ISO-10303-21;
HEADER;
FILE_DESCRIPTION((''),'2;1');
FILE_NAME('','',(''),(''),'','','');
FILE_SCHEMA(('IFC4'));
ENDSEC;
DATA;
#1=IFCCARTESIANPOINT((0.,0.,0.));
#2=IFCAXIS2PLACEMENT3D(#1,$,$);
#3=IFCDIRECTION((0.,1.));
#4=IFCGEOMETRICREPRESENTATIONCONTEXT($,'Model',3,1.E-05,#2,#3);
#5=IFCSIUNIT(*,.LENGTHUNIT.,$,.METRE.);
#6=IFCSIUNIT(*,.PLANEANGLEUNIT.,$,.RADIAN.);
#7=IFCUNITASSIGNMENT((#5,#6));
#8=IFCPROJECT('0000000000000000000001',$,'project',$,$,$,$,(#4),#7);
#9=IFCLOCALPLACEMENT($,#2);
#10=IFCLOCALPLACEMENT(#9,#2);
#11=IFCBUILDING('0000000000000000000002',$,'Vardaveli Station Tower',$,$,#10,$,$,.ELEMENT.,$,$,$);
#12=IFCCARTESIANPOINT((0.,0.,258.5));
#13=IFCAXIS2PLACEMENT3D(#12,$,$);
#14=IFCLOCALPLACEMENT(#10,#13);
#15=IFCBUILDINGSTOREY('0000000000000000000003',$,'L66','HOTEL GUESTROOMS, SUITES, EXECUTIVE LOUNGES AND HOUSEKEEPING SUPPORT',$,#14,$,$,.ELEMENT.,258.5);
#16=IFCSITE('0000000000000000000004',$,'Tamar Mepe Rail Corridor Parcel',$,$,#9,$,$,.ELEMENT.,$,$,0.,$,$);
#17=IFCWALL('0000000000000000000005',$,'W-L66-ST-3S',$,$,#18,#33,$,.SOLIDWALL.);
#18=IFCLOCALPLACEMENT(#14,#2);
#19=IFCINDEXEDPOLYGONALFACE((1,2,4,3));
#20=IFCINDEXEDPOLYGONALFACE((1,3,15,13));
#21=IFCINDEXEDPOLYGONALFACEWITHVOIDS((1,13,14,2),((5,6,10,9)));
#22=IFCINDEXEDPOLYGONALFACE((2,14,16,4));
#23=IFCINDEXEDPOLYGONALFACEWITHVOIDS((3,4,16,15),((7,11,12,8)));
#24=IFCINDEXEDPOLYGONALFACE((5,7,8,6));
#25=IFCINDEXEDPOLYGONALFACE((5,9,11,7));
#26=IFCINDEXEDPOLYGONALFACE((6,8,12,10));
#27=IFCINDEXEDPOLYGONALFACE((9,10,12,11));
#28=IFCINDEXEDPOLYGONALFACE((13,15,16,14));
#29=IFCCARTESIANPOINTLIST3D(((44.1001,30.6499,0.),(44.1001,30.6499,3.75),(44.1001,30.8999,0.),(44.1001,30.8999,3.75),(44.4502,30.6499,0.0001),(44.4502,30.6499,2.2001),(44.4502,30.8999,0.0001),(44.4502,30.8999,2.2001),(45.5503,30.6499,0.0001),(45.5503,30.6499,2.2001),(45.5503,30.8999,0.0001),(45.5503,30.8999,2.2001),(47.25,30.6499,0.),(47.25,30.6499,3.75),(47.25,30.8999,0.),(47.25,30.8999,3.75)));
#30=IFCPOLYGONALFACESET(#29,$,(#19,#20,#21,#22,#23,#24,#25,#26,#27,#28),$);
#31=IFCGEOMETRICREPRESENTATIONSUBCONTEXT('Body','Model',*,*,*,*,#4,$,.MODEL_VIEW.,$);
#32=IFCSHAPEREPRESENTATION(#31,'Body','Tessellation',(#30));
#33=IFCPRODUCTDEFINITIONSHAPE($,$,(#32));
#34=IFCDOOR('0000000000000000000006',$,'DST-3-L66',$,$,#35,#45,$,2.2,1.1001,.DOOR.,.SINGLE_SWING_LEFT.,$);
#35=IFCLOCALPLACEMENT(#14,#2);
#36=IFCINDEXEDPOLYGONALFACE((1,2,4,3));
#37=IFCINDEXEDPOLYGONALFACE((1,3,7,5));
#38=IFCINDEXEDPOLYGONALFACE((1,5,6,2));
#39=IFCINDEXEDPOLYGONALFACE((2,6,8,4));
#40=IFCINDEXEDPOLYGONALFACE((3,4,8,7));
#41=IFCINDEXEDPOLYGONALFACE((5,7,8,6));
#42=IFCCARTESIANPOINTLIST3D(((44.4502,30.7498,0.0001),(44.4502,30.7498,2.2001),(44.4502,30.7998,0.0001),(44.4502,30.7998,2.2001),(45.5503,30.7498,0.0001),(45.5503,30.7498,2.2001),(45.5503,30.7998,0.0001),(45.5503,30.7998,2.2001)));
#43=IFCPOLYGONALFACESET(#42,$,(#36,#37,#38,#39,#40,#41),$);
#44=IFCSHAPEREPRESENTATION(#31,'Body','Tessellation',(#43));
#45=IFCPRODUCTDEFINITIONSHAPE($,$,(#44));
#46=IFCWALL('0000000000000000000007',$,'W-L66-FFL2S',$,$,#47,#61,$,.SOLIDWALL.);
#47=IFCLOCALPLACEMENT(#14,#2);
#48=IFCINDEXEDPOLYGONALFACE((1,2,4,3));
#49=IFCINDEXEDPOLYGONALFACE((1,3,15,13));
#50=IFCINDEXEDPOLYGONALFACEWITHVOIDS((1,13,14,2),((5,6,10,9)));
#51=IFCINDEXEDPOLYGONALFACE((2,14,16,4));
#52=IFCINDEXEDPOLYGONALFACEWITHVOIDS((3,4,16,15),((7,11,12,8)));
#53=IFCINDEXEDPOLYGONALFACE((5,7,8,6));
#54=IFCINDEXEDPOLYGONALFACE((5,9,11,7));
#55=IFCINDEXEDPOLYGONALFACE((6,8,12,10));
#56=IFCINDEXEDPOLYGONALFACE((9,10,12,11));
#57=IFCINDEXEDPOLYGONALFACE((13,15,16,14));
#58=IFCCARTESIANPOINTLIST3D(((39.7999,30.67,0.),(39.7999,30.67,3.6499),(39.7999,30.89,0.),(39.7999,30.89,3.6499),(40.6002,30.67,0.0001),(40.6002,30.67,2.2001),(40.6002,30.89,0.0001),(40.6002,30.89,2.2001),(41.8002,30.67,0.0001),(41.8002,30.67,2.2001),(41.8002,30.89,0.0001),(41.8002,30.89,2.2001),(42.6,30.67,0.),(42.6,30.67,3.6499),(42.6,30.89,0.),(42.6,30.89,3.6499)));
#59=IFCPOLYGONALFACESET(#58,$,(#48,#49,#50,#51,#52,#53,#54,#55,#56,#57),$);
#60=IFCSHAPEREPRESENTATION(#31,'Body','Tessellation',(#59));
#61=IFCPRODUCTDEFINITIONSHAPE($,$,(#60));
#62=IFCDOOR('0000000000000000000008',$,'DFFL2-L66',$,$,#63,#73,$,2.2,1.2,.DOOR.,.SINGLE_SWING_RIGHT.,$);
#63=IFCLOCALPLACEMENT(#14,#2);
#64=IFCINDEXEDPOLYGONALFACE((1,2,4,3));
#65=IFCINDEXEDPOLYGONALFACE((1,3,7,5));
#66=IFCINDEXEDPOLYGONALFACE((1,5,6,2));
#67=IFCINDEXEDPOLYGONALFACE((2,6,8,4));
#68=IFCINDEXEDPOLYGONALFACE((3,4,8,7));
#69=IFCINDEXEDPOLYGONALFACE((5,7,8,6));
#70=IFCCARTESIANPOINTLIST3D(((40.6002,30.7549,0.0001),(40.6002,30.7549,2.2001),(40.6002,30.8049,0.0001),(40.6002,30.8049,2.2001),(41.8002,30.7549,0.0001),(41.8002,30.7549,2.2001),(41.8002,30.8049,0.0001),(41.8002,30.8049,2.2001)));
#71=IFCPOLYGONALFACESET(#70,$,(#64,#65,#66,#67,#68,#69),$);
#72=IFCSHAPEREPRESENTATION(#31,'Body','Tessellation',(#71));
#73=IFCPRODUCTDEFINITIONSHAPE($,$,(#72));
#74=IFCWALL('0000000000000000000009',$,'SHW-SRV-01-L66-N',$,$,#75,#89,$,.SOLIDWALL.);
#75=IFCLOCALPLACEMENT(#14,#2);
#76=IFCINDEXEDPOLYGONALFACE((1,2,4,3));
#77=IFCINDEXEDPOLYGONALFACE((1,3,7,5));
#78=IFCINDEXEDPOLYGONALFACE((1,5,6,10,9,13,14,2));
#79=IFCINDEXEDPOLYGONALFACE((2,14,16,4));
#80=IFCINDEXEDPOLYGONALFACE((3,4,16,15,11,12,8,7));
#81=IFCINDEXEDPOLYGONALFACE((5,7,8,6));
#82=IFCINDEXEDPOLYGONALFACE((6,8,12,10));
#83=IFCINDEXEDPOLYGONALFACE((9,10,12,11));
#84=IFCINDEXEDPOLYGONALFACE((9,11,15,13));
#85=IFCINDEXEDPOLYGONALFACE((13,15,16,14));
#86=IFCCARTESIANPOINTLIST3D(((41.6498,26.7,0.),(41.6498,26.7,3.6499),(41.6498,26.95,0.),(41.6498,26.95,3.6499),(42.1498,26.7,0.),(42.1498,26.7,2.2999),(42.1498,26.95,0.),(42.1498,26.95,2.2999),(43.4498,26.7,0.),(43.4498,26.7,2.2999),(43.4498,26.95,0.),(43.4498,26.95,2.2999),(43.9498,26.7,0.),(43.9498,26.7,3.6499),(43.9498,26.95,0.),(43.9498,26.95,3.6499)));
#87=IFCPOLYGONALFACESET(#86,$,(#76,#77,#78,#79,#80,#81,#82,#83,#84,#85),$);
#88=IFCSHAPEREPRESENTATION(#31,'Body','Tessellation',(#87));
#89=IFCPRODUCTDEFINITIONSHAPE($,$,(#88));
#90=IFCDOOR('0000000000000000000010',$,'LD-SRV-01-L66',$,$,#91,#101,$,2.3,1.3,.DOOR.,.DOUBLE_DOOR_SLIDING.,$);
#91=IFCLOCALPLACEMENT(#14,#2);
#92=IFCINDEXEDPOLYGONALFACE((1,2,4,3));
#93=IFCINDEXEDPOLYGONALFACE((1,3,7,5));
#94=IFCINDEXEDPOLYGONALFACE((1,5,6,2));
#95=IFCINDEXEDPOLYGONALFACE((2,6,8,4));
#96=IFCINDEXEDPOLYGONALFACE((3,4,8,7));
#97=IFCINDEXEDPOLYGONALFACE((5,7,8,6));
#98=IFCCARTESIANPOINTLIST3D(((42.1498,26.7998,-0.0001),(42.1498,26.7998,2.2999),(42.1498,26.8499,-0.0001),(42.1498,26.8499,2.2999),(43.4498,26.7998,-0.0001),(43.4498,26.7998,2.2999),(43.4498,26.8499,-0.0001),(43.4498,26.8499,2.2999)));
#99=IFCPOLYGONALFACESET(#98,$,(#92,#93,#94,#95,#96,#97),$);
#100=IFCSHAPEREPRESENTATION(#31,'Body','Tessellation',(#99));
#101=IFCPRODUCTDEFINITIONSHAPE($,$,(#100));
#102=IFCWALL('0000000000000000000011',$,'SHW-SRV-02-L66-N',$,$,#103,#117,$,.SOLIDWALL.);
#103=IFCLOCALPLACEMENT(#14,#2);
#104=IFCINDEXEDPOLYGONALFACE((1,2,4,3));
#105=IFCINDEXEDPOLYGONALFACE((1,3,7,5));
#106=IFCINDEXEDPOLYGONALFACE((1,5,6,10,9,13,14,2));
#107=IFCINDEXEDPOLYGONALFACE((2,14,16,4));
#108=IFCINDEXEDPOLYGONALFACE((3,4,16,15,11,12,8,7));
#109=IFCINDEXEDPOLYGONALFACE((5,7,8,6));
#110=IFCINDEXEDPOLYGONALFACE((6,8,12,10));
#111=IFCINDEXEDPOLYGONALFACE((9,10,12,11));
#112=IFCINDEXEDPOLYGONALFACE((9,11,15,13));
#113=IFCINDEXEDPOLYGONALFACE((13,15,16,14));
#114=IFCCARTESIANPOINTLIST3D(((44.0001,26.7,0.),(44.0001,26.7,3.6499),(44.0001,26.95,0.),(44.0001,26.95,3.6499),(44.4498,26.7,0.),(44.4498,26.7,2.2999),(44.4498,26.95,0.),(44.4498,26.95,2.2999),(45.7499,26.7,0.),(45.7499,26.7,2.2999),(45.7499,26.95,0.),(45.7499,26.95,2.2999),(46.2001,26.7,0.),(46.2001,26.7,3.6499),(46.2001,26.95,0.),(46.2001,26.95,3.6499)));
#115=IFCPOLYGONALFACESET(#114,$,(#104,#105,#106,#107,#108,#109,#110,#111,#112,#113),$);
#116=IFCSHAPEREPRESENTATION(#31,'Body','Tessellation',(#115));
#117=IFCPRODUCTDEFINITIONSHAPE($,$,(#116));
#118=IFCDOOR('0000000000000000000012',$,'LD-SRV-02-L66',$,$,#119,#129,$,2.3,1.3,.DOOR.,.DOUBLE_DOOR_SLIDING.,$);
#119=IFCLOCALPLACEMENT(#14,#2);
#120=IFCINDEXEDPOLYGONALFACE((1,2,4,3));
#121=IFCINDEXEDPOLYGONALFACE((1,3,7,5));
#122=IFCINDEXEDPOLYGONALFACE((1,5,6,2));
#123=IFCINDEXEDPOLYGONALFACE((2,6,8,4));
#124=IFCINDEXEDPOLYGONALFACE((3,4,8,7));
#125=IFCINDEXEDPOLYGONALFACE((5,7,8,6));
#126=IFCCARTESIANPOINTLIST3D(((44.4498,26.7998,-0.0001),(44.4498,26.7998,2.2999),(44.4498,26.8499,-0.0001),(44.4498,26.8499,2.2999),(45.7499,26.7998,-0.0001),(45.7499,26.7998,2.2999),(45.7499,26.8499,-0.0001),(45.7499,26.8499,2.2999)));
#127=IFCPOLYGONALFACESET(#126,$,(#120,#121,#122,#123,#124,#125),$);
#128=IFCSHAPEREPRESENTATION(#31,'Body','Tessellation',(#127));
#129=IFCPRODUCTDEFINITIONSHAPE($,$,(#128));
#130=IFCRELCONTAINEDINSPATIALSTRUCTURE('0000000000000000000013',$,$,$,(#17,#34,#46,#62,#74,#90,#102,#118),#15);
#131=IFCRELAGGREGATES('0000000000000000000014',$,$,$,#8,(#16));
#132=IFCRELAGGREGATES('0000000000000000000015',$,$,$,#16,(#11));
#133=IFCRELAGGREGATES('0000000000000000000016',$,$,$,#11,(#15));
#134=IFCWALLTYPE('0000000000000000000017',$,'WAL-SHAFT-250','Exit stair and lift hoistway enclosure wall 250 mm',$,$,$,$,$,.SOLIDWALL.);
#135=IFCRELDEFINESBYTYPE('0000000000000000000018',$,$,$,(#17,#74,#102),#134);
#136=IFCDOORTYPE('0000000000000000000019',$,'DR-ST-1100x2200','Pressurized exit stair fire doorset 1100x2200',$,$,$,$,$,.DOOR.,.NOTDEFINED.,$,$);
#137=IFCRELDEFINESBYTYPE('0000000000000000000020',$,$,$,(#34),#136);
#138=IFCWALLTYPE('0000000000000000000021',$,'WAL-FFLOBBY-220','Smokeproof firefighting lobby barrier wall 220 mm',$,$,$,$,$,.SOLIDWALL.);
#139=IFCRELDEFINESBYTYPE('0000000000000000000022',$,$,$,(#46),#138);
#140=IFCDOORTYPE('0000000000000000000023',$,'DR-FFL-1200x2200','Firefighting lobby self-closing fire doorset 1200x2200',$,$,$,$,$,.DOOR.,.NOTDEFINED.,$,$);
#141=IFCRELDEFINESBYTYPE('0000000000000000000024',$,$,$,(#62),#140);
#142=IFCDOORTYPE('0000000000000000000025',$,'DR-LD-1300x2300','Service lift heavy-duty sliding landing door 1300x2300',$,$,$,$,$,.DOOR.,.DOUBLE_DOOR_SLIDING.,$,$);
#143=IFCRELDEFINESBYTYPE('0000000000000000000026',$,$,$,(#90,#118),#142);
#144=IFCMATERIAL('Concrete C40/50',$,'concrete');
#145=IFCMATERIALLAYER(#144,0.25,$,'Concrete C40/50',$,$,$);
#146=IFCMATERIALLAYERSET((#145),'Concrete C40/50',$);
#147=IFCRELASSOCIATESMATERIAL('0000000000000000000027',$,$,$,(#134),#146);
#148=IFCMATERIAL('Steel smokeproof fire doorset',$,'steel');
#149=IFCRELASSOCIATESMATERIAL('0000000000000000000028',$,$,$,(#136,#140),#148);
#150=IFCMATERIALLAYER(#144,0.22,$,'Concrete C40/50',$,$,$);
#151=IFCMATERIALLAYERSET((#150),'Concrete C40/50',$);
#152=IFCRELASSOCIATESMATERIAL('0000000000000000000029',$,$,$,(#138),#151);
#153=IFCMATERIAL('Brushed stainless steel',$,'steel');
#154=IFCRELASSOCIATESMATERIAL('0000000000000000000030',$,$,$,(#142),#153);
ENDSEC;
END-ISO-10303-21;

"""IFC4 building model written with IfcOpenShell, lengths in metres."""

from ifc_helpers import new_model, si_unit, direction, frame, frame_2d, origin, place, context, subcontext, project, spatial, rectangle, extrude, source, transform, mapped, material, layer, layer_set, type_object, element, fill, save


model = new_model("IFC4")

# Units and contexts
model_context = context("Model", 3, precision=1e-05, world=origin(), true_north=direction((0.0, 1.0)))
body_context = subcontext(model_context, "Body", "Model", "MODEL_VIEW")
ifc_project = project(units=[si_unit("LENGTHUNIT", "METRE"), si_unit("PLANEANGLEUNIT", "RADIAN")], contexts=[model_context])

# Site, building, storey
site_placement = place(None, origin())
site = spatial("IfcSite", under=ifc_project, at=site_placement, Name="Tamar Mepe Rail Corridor Parcel", CompositionType="ELEMENT", RefElevation=0.0)
building_placement = place(site_placement, origin())
building = spatial("IfcBuilding", under=site, at=building_placement, Name="Vardaveli Station Tower", CompositionType="ELEMENT")
storey_placement = place(building_placement, frame((0.0, 0.0, 258.5)))
storey = spatial("IfcBuildingStorey", under=building, at=storey_placement, Name="L66", Description="HOTEL GUESTROOMS, SUITES, EXECUTIVE LOUNGES AND HOUSEKEEPING SUPPORT", CompositionType="ELEMENT", Elevation=258.5)

# Shared definitions
ifc_material_1 = material(Name="Concrete C40/50", Category="concrete")
ifc_layer_1 = layer(ifc_material_1, 0.25, Name="Concrete C40/50")
ifc_layer_set_1 = layer_set([ifc_layer_1], Name="Concrete C40/50")
wall_type_1 = type_object("IfcWallType", Name="WAL-SHAFT-250", Description="Exit stair and lift hoistway enclosure wall 250 mm", PredefinedType="SOLIDWALL", material=ifc_layer_set_1)

# Walls, openings, doors
shared_shape_1 = source(origin(), body_context, "Body", "SweptSolid", [
    extrude(rectangle(XDim=3.1499, YDim=0.25, at=frame_2d((1.575, 0.0))), origin(), (0.0, 0.0, 1.0), 3.75),
])
wall_1_placement = place(storey_placement, frame((44.1001, 30.7749, 0.0), z_axis=(0.0, 0.0, 1.0), x_axis=(1.0, 0.0, 0.0)))
wall_1 = element("IfcWall", 1, at=wall_1_placement, inside=storey, type_object=wall_type_1, Name="W-L66-ST-3S", PredefinedType="SOLIDWALL", context=body_context, shape_type="MappedRepresentation", body=[
    mapped(shared_shape_1, transform((0.0, 0.0, 0.0), scale=1.0)),
])
shared_shape_2 = source(origin(), body_context, "Body", "SweptSolid", [
    extrude(rectangle(XDim=1.1001, YDim=2.2, at=frame_2d((0.55, 1.1001))), frame((0.0, 0.135, 0.0), z_axis=(0.0, -1.0, 0.0), x_axis=(1.0, 0.0, 0.0)), (0.0, 0.0, 1.0), 0.27),
])
opening_1_placement = place(wall_1_placement, frame((0.3501, 0.0, 0.0)))
opening_1 = element("IfcOpeningElement", 2, at=opening_1_placement, cuts=wall_1, PredefinedType="OPENING", context=body_context, shape_type="MappedRepresentation", body=[
    mapped(shared_shape_2, transform((0.0, 0.0, 0.0), scale=1.0)),
])
ifc_material_2 = material(Name="Steel smokeproof fire doorset", Category="steel")
door_type_1 = type_object("IfcDoorType", Name="DR-ST-1100x2200", Description="Pressurized exit stair fire doorset 1100x2200", OperationType="NOTDEFINED", PredefinedType="DOOR", material=ifc_material_2)
shared_shape_3 = source(origin(), body_context, "Body", "SweptSolid", [
    extrude(rectangle(XDim=1.1001, YDim=2.2, at=frame_2d((0.55, 1.1001))), frame((0.0, 0.0249, 0.0), z_axis=(0.0, -1.0, 0.0), x_axis=(1.0, 0.0, 0.0)), (0.0, 0.0, 1.0), 0.05),
])
door_1_placement = place(opening_1_placement, origin())
door_1 = element("IfcDoor", 3, at=door_1_placement, inside=storey, type_object=door_type_1, Name="DST-3-L66", OperationType="SINGLE_SWING_LEFT", OverallHeight=2.2, OverallWidth=1.1001, PredefinedType="DOOR", context=body_context, shape_type="MappedRepresentation", body=[
    mapped(shared_shape_3, transform((0.0, 0.0, 0.0), scale=1.0)),
])
fill(opening_1, door_1)
ifc_layer_2 = layer(ifc_material_1, 0.22, Name="Concrete C40/50")
ifc_layer_set_2 = layer_set([ifc_layer_2], Name="Concrete C40/50")
wall_type_2 = type_object("IfcWallType", Name="WAL-FFLOBBY-220", Description="Smokeproof firefighting lobby barrier wall 220 mm", PredefinedType="SOLIDWALL", material=ifc_layer_set_2)
shared_shape_4 = source(origin(), body_context, "Body", "SweptSolid", [
    extrude(rectangle(XDim=2.8, YDim=0.22, at=frame_2d((1.3999, 0.0))), origin(), (0.0, 0.0, 1.0), 3.6499),
])
wall_2_placement = place(storey_placement, frame((39.8, 30.78, 0.0), z_axis=(0.0, 0.0, 1.0), x_axis=(1.0, 0.0, 0.0)))
wall_2 = element("IfcWall", 4, at=wall_2_placement, inside=storey, type_object=wall_type_2, Name="W-L66-FFL2S", PredefinedType="SOLIDWALL", context=body_context, shape_type="MappedRepresentation", body=[
    mapped(shared_shape_4, transform((0.0, 0.0, 0.0), scale=1.0)),
])
shared_shape_5 = source(origin(), body_context, "Body", "SweptSolid", [
    extrude(rectangle(XDim=1.2, YDim=2.2, at=frame_2d((0.6001, 1.1001))), frame((0.0, 0.1201, 0.0), z_axis=(0.0, -1.0, 0.0), x_axis=(1.0, 0.0, 0.0)), (0.0, 0.0, 1.0), 0.24),
])
opening_2_placement = place(wall_2_placement, frame((0.8, 0.0, 0.0)))
opening_2 = element("IfcOpeningElement", 5, at=opening_2_placement, cuts=wall_2, PredefinedType="OPENING", context=body_context, shape_type="MappedRepresentation", body=[
    mapped(shared_shape_5, transform((0.0, 0.0, 0.0), scale=1.0)),
])
door_type_2 = type_object("IfcDoorType", Name="DR-FFL-1200x2200", Description="Firefighting lobby self-closing fire doorset 1200x2200", OperationType="NOTDEFINED", PredefinedType="DOOR", material=ifc_material_2)
shared_shape_6 = source(origin(), body_context, "Body", "SweptSolid", [
    extrude(rectangle(XDim=1.2, YDim=2.2, at=frame_2d((0.6001, 1.1001))), frame((0.0, 0.0249, 0.0), z_axis=(0.0, -1.0, 0.0), x_axis=(1.0, 0.0, 0.0)), (0.0, 0.0, 1.0), 0.05),
])
door_2_placement = place(opening_2_placement, origin())
door_2 = element("IfcDoor", 6, at=door_2_placement, inside=storey, type_object=door_type_2, Name="DFFL2-L66", OperationType="SINGLE_SWING_RIGHT", OverallHeight=2.2, OverallWidth=1.2, PredefinedType="DOOR", context=body_context, shape_type="MappedRepresentation", body=[
    mapped(shared_shape_6, transform((0.0, 0.0, 0.0), scale=1.0)),
])
fill(opening_2, door_2)
shared_shape_7 = source(origin(), body_context, "Body", "SweptSolid", [
    extrude(rectangle(XDim=2.3, YDim=0.25, at=frame_2d((1.1499, 0.0))), origin(), (0.0, 0.0, 1.0), 3.6499),
])
wall_3_placement = place(storey_placement, frame((41.6499, 26.825, 0.0), z_axis=(0.0, 0.0, 1.0), x_axis=(1.0, 0.0, 0.0)))
wall_3 = element("IfcWall", 7, at=wall_3_placement, inside=storey, type_object=wall_type_1, Name="SHW-SRV-01-L66-N", PredefinedType="SOLIDWALL", context=body_context, shape_type="MappedRepresentation", body=[
    mapped(shared_shape_7, transform((0.0, 0.0, 0.0), scale=1.0)),
])
shared_shape_8 = source(origin(), body_context, "Body", "SweptSolid", [
    extrude(rectangle(XDim=1.3, YDim=2.3, at=frame_2d((0.6499, 1.1499))), frame((0.0, 0.135, 0.0), z_axis=(0.0, -1.0, 0.0), x_axis=(1.0, 0.0, 0.0)), (0.0, 0.0, 1.0), 0.27),
])
opening_3_placement = place(wall_3_placement, frame((0.5, 0.0, 0.0)))
opening_3 = element("IfcOpeningElement", 8, at=opening_3_placement, cuts=wall_3, PredefinedType="OPENING", context=body_context, shape_type="MappedRepresentation", body=[
    mapped(shared_shape_8, transform((0.0, 0.0, 0.0), scale=1.0)),
])
ifc_material_3 = material(Name="Brushed stainless steel", Category="steel")
door_type_3 = type_object("IfcDoorType", Name="DR-LD-1300x2300", Description="Service lift heavy-duty sliding landing door 1300x2300", OperationType="DOUBLE_DOOR_SLIDING", PredefinedType="DOOR", material=ifc_material_3)
shared_shape_9 = source(origin(), body_context, "Body", "SweptSolid", [
    extrude(rectangle(XDim=1.3, YDim=2.3, at=frame_2d((0.6499, 1.1499))), frame((0.0, 0.0249, 0.0), z_axis=(0.0, -1.0, 0.0), x_axis=(1.0, 0.0, 0.0)), (0.0, 0.0, 1.0), 0.05),
])
door_3_placement = place(opening_3_placement, origin())
door_3 = element("IfcDoor", 9, at=door_3_placement, inside=storey, type_object=door_type_3, Name="LD-SRV-01-L66", OperationType="DOUBLE_DOOR_SLIDING", OverallHeight=2.3, OverallWidth=1.3, PredefinedType="DOOR", context=body_context, shape_type="MappedRepresentation", body=[
    mapped(shared_shape_9, transform((0.0, 0.0, 0.0), scale=1.0)),
])
fill(opening_3, door_3)
shared_shape_10 = source(origin(), body_context, "Body", "SweptSolid", [
    extrude(rectangle(XDim=2.2, YDim=0.25, at=frame_2d((1.1001, 0.0))), origin(), (0.0, 0.0, 1.0), 3.6499),
])
wall_4_placement = place(storey_placement, frame((44.0, 26.825, 0.0), z_axis=(0.0, 0.0, 1.0), x_axis=(1.0, 0.0, 0.0)))
wall_4 = element("IfcWall", 10, at=wall_4_placement, inside=storey, type_object=wall_type_1, Name="SHW-SRV-02-L66-N", PredefinedType="SOLIDWALL", context=body_context, shape_type="MappedRepresentation", body=[
    mapped(shared_shape_10, transform((0.0, 0.0, 0.0), scale=1.0)),
])
opening_4_placement = place(wall_4_placement, frame((0.45, 0.0, 0.0)))
opening_4 = element("IfcOpeningElement", 11, at=opening_4_placement, cuts=wall_4, PredefinedType="OPENING", context=body_context, shape_type="MappedRepresentation", body=[
    mapped(shared_shape_8, transform((0.0, 0.0, 0.0), scale=1.0)),
])
door_4_placement = place(opening_4_placement, origin())
door_4 = element("IfcDoor", 12, at=door_4_placement, inside=storey, type_object=door_type_3, Name="LD-SRV-02-L66", OperationType="DOUBLE_DOOR_SLIDING", OverallHeight=2.3, OverallWidth=1.3, PredefinedType="DOOR", context=body_context, shape_type="MappedRepresentation", body=[
    mapped(shared_shape_9, transform((0.0, 0.0, 0.0), scale=1.0)),
])
fill(opening_4, door_4)

save(model, "model.ifc")
